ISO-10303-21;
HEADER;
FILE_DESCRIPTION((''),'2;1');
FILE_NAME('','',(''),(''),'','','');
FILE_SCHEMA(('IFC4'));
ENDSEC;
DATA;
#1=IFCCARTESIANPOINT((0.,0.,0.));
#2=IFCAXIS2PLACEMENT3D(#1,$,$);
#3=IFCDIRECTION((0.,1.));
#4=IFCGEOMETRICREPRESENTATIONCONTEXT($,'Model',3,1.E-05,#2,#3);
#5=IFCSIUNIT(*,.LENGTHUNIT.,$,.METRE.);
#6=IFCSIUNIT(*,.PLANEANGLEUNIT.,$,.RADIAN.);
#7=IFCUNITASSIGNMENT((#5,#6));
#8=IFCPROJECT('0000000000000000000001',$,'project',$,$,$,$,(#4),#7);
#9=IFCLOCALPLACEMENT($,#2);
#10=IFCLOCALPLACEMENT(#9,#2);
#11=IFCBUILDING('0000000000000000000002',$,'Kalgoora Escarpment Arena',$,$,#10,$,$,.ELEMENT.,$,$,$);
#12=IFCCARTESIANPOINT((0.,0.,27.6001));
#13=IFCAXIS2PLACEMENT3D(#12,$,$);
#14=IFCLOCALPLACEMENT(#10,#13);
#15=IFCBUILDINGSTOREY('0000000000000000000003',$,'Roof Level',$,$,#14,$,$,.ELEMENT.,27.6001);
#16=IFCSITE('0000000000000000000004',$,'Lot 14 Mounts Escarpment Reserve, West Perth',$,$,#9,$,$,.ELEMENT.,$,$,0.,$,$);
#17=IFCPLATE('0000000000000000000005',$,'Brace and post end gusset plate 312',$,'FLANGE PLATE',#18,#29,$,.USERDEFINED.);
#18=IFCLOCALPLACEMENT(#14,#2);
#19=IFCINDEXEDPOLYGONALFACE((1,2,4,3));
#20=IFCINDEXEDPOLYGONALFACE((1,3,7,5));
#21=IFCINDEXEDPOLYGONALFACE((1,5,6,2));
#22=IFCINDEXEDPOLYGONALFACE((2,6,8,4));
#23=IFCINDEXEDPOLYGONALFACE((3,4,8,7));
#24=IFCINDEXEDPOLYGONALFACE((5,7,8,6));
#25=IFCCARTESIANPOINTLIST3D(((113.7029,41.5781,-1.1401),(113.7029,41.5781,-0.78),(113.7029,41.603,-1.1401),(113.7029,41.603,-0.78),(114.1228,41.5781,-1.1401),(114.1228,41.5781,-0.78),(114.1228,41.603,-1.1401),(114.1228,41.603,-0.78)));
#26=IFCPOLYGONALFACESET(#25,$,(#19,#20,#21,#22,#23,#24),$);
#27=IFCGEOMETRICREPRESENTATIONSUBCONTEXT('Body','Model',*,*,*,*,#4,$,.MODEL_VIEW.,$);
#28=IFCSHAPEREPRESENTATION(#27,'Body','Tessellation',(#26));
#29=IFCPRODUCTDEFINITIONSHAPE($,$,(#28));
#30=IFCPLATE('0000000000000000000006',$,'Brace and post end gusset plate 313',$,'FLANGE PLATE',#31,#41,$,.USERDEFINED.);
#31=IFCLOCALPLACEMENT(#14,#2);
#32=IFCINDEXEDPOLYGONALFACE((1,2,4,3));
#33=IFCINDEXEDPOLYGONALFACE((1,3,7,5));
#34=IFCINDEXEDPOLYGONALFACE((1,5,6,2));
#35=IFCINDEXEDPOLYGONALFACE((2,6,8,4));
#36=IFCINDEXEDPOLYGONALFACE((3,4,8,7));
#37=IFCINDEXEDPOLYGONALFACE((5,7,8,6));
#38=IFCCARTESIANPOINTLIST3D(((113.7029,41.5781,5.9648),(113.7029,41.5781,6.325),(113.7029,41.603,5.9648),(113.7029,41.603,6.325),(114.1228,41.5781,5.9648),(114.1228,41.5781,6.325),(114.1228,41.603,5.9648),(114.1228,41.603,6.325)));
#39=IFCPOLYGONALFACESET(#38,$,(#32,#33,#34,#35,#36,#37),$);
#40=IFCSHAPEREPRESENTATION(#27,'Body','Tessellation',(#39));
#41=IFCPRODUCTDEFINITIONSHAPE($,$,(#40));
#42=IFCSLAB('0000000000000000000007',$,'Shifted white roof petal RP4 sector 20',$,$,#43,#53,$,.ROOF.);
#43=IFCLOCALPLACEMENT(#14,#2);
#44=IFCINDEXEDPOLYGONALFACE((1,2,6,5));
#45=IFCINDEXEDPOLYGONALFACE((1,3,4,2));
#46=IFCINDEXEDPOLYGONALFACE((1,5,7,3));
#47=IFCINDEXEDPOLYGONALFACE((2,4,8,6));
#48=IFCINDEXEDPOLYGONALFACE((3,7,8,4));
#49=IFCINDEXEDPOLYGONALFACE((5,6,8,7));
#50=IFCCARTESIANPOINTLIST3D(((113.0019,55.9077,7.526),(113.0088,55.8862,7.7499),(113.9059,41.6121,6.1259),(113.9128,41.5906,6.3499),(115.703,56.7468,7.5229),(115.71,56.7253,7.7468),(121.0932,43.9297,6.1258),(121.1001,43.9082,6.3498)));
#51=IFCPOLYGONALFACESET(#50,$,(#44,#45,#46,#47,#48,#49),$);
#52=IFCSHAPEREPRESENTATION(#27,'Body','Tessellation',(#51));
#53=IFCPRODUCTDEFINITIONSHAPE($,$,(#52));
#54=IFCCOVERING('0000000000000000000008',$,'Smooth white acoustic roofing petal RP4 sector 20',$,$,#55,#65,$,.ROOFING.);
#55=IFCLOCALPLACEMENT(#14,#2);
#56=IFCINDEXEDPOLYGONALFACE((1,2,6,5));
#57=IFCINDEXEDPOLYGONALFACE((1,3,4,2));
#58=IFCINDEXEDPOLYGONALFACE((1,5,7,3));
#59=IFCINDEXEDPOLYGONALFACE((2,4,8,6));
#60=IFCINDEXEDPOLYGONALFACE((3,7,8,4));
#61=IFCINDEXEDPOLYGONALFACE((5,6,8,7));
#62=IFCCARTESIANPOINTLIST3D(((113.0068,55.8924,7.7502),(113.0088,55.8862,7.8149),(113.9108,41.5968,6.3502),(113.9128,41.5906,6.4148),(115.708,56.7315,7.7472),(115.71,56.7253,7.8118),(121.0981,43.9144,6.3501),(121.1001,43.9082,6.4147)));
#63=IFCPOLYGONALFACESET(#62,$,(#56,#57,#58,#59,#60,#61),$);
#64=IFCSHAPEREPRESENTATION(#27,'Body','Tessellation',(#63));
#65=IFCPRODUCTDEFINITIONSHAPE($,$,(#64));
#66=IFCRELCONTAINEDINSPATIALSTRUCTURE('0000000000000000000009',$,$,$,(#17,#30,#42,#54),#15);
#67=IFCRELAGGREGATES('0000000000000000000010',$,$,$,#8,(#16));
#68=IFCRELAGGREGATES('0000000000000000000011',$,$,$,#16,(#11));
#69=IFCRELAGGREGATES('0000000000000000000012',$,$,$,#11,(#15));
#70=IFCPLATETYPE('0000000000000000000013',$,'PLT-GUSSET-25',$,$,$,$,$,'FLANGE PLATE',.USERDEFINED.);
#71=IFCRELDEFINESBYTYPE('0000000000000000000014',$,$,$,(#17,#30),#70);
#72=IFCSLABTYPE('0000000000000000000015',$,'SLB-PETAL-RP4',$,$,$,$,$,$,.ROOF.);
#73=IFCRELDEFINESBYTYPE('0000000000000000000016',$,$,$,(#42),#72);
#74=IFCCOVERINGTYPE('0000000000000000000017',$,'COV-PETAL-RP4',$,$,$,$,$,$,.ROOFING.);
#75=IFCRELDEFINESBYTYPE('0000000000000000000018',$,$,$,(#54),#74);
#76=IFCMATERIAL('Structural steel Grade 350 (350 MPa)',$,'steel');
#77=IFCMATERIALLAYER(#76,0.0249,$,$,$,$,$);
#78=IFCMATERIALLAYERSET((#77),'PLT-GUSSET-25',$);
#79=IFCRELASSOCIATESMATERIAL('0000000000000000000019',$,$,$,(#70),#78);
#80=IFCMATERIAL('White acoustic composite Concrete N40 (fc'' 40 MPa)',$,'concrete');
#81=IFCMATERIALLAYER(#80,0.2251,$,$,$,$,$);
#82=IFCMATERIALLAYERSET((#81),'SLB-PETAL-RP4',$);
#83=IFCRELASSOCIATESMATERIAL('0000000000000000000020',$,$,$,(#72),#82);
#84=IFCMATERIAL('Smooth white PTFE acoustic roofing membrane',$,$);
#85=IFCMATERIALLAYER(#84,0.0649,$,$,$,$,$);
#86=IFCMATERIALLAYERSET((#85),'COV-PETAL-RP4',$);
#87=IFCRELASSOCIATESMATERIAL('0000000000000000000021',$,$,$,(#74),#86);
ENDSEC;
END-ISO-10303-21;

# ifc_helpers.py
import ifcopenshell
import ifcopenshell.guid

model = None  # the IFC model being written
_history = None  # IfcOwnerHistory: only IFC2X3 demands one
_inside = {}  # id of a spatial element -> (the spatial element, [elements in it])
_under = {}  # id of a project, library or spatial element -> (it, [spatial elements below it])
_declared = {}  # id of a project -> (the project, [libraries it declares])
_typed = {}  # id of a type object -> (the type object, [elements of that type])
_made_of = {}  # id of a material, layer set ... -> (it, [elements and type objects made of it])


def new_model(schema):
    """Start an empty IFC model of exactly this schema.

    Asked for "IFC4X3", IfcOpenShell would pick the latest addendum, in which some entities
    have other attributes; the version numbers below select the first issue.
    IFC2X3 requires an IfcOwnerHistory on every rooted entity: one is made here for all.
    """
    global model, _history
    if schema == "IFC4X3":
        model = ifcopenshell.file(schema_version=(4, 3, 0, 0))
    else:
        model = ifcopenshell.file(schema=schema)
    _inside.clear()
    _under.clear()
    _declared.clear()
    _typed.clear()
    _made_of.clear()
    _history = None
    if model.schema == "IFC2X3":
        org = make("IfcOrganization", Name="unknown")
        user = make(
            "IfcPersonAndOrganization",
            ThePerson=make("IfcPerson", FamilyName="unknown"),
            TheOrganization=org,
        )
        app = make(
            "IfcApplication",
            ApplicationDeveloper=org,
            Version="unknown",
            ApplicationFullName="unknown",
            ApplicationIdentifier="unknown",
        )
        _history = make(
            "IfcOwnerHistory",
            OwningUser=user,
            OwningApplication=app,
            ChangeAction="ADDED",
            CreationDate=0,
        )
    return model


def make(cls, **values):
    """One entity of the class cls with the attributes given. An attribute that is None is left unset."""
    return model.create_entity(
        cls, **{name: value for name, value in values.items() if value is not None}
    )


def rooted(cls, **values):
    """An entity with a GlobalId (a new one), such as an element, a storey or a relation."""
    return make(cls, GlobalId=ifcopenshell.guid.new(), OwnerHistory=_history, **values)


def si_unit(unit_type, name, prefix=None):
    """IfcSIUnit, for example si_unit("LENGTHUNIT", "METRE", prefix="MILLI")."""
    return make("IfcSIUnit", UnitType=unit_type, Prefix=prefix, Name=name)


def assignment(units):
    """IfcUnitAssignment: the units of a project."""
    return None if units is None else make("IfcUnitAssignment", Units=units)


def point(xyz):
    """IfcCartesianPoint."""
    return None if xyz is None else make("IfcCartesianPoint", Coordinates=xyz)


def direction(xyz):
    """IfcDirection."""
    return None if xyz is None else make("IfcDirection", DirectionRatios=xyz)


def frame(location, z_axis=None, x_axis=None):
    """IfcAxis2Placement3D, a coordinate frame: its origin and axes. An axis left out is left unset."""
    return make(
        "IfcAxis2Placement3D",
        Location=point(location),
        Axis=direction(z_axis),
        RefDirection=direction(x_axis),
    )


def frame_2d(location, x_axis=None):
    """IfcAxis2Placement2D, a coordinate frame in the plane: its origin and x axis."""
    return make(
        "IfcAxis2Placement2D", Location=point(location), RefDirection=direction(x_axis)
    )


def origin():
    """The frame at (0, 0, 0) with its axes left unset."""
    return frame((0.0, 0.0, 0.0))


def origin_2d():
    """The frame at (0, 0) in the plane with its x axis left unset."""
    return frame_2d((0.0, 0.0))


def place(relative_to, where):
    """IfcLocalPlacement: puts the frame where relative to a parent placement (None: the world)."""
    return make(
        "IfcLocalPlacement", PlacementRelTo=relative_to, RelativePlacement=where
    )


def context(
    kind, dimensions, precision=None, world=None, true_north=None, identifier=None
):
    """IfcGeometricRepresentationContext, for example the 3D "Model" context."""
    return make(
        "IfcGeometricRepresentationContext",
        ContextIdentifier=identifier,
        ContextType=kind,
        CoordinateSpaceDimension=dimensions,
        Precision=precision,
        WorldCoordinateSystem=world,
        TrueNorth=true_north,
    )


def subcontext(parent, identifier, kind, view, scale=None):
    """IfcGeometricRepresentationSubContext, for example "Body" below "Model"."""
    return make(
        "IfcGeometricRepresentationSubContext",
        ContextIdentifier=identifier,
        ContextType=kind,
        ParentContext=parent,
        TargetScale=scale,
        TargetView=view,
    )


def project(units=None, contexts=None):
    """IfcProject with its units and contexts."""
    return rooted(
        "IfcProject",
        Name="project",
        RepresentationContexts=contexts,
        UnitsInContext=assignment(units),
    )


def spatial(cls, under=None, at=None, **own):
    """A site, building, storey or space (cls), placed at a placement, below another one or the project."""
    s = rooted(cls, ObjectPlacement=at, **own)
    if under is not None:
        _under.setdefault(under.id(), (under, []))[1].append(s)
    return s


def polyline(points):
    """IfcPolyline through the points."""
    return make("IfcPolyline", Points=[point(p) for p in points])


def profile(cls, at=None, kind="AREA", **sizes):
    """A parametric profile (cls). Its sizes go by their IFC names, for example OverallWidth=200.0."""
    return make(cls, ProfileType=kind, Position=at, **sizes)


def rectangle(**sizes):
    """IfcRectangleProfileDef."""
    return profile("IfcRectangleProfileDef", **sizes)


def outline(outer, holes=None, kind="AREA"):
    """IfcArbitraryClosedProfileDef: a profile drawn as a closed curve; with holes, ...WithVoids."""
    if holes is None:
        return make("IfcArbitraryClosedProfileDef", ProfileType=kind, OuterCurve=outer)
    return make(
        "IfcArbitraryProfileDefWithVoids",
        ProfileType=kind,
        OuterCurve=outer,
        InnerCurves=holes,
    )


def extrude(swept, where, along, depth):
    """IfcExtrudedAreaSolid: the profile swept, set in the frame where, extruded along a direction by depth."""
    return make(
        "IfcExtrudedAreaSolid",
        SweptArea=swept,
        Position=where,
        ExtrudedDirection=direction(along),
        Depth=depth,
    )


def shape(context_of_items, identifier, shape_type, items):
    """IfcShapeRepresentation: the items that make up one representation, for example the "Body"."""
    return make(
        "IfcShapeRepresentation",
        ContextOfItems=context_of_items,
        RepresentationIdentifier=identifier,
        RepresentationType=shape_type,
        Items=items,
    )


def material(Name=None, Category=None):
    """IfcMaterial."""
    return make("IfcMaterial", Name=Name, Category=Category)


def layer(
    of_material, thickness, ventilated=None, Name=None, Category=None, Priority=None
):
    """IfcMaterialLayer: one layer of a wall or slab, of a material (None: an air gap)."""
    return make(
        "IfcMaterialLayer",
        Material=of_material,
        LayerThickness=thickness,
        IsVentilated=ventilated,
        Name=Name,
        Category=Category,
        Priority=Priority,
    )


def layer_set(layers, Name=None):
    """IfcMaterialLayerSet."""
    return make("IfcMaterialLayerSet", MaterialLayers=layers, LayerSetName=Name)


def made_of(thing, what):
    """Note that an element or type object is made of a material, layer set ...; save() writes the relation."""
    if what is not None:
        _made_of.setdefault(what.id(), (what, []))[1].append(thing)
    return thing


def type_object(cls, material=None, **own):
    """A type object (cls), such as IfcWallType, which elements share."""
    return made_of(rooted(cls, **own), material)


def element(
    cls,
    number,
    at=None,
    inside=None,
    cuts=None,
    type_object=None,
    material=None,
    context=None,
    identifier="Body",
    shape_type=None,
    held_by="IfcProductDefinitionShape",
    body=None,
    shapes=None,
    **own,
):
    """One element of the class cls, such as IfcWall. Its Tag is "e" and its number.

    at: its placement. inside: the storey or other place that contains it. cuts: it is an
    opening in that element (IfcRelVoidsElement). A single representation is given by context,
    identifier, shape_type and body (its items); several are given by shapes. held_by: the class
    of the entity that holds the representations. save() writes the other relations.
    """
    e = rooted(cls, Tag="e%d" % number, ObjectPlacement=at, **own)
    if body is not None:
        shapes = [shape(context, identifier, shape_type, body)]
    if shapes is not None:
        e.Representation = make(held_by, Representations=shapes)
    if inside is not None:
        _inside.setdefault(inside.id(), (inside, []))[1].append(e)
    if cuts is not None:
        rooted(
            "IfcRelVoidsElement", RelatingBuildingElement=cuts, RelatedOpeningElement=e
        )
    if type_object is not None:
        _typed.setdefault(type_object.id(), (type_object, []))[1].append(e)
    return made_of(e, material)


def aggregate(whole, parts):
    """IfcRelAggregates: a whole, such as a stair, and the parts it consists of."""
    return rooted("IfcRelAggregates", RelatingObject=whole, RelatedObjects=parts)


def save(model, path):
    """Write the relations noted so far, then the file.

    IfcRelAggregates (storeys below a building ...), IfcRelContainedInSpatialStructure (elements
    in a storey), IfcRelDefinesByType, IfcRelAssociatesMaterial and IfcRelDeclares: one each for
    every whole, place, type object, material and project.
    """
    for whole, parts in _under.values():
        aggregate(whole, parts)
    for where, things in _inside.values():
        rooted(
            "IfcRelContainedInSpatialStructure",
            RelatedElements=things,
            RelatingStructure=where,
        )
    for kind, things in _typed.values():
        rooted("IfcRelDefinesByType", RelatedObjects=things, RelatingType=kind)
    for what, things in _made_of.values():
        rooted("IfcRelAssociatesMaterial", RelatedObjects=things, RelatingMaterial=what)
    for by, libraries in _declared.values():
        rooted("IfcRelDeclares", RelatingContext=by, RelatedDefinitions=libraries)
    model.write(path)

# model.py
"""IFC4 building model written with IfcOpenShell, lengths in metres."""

from ifc_helpers import new_model, si_unit, direction, frame, origin, origin_2d, place, context, subcontext, project, spatial, polyline, rectangle, outline, extrude, material, layer, layer_set, type_object, element, save


model = new_model("IFC4")

# Units and contexts
model_context = context("Model", 3, precision=1e-05, world=origin(), true_north=direction((0.0, 1.0)))
body_context = subcontext(model_context, "Body", "Model", "MODEL_VIEW")
ifc_project = project(units=[si_unit("LENGTHUNIT", "METRE"), si_unit("PLANEANGLEUNIT", "RADIAN")], contexts=[model_context])

# Site, building, storey
site_placement = place(None, origin())
site = spatial("IfcSite", under=ifc_project, at=site_placement, Name="Lot 14 Mounts Escarpment Reserve, West Perth", CompositionType="ELEMENT", RefElevation=0.0)
building_placement = place(site_placement, origin())
building = spatial("IfcBuilding", under=site, at=building_placement, Name="Kalgoora Escarpment Arena", CompositionType="ELEMENT")
storey_placement = place(building_placement, frame((0.0, 0.0, 27.6001)))
storey = spatial("IfcBuildingStorey", under=building, at=storey_placement, Name="Roof Level", CompositionType="ELEMENT", Elevation=27.6001)

# Plates
ifc_material_1 = material(Name="Structural steel Grade 350 (350 MPa)", Category="steel")
ifc_layer_1 = layer(ifc_material_1, 0.0249)
ifc_layer_set_1 = layer_set([ifc_layer_1], Name="PLT-GUSSET-25")
plate_type = type_object("IfcPlateType", Name="PLT-GUSSET-25", ElementType="FLANGE PLATE", PredefinedType="USERDEFINED", material=ifc_layer_set_1)
for number, where, z_axis, x_axis, name in (
    (1, (113.9128, 41.5906, -1.1401), (0.0, 0.0, 1.0), (1.0, 0.0, 0.0), "Brace and post end gusset plate 312"),
    (2, (113.9128, 41.5906, 5.9648), (0.0, 0.0, 1.0), (1.0, 0.0, 0.0), "Brace and post end gusset plate 313"),
):
    element("IfcPlate", number, at=place(storey_placement, frame(where, z_axis=z_axis, x_axis=x_axis)), inside=storey, type_object=plate_type, Name=name, ObjectType="FLANGE PLATE", PredefinedType="USERDEFINED", context=body_context, shape_type="SweptSolid", body=[
        extrude(rectangle(XDim=0.4199, YDim=0.0249, at=origin_2d()), origin(), (0.0, 0.0, 1.0), 0.3601),
    ])

# Slab
ifc_material_2 = material(Name="White acoustic composite Concrete N40 (fc' 40 MPa)", Category="concrete")
ifc_layer_2 = layer(ifc_material_2, 0.2251)
ifc_layer_set_2 = layer_set([ifc_layer_2], Name="SLB-PETAL-RP4")
slab_type = type_object("IfcSlabType", Name="SLB-PETAL-RP4", PredefinedType="ROOF", material=ifc_layer_set_2)
slab_placement = place(storey_placement, frame((113.9128, 41.5906, 6.3499), z_axis=(0.030804, -0.095494, 0.994953), x_axis=(0.951741, 0.306903, -0.000011)))
element("IfcSlab", 3, at=slab_placement, inside=storey, type_object=slab_type, Name="Shifted white roof petal RP4 sector 20", PredefinedType="ROOF", context=body_context, shape_type="SweptSolid", body=[
    extrude(outline(polyline([(0.0, 0.0), (7.5517, 0.0), (6.3553, 13.9231), (3.5269, 13.9536), (0.0, 0.0)])), origin(), (0.0, 0.0, -1.0), 0.2251),
])

# Covering
ifc_material_3 = material(Name="Smooth white PTFE acoustic roofing membrane")
ifc_layer_3 = layer(ifc_material_3, 0.0649)
ifc_layer_set_3 = layer_set([ifc_layer_3], Name="COV-PETAL-RP4")
covering_type = type_object("IfcCoveringType", Name="COV-PETAL-RP4", PredefinedType="ROOFING", material=ifc_layer_set_3)
covering_placement = place(storey_placement, frame((113.9128, 41.5906, 6.4148), z_axis=(0.030804, -0.095494, 0.994953), x_axis=(0.951741, 0.306903, -0.000011)))
element("IfcCovering", 4, at=covering_placement, inside=storey, type_object=covering_type, Name="Smooth white acoustic roofing petal RP4 sector 20", PredefinedType="ROOFING", context=body_context, shape_type="SweptSolid", body=[
    extrude(outline(polyline([(0.0, 0.0), (7.5517, 0.0), (6.3553, 13.9231), (3.5269, 13.9536), (0.0, 0.0)])), origin(), (0.0, 0.0, -1.0), 0.0649),
])

save(model, "model.ifc")
